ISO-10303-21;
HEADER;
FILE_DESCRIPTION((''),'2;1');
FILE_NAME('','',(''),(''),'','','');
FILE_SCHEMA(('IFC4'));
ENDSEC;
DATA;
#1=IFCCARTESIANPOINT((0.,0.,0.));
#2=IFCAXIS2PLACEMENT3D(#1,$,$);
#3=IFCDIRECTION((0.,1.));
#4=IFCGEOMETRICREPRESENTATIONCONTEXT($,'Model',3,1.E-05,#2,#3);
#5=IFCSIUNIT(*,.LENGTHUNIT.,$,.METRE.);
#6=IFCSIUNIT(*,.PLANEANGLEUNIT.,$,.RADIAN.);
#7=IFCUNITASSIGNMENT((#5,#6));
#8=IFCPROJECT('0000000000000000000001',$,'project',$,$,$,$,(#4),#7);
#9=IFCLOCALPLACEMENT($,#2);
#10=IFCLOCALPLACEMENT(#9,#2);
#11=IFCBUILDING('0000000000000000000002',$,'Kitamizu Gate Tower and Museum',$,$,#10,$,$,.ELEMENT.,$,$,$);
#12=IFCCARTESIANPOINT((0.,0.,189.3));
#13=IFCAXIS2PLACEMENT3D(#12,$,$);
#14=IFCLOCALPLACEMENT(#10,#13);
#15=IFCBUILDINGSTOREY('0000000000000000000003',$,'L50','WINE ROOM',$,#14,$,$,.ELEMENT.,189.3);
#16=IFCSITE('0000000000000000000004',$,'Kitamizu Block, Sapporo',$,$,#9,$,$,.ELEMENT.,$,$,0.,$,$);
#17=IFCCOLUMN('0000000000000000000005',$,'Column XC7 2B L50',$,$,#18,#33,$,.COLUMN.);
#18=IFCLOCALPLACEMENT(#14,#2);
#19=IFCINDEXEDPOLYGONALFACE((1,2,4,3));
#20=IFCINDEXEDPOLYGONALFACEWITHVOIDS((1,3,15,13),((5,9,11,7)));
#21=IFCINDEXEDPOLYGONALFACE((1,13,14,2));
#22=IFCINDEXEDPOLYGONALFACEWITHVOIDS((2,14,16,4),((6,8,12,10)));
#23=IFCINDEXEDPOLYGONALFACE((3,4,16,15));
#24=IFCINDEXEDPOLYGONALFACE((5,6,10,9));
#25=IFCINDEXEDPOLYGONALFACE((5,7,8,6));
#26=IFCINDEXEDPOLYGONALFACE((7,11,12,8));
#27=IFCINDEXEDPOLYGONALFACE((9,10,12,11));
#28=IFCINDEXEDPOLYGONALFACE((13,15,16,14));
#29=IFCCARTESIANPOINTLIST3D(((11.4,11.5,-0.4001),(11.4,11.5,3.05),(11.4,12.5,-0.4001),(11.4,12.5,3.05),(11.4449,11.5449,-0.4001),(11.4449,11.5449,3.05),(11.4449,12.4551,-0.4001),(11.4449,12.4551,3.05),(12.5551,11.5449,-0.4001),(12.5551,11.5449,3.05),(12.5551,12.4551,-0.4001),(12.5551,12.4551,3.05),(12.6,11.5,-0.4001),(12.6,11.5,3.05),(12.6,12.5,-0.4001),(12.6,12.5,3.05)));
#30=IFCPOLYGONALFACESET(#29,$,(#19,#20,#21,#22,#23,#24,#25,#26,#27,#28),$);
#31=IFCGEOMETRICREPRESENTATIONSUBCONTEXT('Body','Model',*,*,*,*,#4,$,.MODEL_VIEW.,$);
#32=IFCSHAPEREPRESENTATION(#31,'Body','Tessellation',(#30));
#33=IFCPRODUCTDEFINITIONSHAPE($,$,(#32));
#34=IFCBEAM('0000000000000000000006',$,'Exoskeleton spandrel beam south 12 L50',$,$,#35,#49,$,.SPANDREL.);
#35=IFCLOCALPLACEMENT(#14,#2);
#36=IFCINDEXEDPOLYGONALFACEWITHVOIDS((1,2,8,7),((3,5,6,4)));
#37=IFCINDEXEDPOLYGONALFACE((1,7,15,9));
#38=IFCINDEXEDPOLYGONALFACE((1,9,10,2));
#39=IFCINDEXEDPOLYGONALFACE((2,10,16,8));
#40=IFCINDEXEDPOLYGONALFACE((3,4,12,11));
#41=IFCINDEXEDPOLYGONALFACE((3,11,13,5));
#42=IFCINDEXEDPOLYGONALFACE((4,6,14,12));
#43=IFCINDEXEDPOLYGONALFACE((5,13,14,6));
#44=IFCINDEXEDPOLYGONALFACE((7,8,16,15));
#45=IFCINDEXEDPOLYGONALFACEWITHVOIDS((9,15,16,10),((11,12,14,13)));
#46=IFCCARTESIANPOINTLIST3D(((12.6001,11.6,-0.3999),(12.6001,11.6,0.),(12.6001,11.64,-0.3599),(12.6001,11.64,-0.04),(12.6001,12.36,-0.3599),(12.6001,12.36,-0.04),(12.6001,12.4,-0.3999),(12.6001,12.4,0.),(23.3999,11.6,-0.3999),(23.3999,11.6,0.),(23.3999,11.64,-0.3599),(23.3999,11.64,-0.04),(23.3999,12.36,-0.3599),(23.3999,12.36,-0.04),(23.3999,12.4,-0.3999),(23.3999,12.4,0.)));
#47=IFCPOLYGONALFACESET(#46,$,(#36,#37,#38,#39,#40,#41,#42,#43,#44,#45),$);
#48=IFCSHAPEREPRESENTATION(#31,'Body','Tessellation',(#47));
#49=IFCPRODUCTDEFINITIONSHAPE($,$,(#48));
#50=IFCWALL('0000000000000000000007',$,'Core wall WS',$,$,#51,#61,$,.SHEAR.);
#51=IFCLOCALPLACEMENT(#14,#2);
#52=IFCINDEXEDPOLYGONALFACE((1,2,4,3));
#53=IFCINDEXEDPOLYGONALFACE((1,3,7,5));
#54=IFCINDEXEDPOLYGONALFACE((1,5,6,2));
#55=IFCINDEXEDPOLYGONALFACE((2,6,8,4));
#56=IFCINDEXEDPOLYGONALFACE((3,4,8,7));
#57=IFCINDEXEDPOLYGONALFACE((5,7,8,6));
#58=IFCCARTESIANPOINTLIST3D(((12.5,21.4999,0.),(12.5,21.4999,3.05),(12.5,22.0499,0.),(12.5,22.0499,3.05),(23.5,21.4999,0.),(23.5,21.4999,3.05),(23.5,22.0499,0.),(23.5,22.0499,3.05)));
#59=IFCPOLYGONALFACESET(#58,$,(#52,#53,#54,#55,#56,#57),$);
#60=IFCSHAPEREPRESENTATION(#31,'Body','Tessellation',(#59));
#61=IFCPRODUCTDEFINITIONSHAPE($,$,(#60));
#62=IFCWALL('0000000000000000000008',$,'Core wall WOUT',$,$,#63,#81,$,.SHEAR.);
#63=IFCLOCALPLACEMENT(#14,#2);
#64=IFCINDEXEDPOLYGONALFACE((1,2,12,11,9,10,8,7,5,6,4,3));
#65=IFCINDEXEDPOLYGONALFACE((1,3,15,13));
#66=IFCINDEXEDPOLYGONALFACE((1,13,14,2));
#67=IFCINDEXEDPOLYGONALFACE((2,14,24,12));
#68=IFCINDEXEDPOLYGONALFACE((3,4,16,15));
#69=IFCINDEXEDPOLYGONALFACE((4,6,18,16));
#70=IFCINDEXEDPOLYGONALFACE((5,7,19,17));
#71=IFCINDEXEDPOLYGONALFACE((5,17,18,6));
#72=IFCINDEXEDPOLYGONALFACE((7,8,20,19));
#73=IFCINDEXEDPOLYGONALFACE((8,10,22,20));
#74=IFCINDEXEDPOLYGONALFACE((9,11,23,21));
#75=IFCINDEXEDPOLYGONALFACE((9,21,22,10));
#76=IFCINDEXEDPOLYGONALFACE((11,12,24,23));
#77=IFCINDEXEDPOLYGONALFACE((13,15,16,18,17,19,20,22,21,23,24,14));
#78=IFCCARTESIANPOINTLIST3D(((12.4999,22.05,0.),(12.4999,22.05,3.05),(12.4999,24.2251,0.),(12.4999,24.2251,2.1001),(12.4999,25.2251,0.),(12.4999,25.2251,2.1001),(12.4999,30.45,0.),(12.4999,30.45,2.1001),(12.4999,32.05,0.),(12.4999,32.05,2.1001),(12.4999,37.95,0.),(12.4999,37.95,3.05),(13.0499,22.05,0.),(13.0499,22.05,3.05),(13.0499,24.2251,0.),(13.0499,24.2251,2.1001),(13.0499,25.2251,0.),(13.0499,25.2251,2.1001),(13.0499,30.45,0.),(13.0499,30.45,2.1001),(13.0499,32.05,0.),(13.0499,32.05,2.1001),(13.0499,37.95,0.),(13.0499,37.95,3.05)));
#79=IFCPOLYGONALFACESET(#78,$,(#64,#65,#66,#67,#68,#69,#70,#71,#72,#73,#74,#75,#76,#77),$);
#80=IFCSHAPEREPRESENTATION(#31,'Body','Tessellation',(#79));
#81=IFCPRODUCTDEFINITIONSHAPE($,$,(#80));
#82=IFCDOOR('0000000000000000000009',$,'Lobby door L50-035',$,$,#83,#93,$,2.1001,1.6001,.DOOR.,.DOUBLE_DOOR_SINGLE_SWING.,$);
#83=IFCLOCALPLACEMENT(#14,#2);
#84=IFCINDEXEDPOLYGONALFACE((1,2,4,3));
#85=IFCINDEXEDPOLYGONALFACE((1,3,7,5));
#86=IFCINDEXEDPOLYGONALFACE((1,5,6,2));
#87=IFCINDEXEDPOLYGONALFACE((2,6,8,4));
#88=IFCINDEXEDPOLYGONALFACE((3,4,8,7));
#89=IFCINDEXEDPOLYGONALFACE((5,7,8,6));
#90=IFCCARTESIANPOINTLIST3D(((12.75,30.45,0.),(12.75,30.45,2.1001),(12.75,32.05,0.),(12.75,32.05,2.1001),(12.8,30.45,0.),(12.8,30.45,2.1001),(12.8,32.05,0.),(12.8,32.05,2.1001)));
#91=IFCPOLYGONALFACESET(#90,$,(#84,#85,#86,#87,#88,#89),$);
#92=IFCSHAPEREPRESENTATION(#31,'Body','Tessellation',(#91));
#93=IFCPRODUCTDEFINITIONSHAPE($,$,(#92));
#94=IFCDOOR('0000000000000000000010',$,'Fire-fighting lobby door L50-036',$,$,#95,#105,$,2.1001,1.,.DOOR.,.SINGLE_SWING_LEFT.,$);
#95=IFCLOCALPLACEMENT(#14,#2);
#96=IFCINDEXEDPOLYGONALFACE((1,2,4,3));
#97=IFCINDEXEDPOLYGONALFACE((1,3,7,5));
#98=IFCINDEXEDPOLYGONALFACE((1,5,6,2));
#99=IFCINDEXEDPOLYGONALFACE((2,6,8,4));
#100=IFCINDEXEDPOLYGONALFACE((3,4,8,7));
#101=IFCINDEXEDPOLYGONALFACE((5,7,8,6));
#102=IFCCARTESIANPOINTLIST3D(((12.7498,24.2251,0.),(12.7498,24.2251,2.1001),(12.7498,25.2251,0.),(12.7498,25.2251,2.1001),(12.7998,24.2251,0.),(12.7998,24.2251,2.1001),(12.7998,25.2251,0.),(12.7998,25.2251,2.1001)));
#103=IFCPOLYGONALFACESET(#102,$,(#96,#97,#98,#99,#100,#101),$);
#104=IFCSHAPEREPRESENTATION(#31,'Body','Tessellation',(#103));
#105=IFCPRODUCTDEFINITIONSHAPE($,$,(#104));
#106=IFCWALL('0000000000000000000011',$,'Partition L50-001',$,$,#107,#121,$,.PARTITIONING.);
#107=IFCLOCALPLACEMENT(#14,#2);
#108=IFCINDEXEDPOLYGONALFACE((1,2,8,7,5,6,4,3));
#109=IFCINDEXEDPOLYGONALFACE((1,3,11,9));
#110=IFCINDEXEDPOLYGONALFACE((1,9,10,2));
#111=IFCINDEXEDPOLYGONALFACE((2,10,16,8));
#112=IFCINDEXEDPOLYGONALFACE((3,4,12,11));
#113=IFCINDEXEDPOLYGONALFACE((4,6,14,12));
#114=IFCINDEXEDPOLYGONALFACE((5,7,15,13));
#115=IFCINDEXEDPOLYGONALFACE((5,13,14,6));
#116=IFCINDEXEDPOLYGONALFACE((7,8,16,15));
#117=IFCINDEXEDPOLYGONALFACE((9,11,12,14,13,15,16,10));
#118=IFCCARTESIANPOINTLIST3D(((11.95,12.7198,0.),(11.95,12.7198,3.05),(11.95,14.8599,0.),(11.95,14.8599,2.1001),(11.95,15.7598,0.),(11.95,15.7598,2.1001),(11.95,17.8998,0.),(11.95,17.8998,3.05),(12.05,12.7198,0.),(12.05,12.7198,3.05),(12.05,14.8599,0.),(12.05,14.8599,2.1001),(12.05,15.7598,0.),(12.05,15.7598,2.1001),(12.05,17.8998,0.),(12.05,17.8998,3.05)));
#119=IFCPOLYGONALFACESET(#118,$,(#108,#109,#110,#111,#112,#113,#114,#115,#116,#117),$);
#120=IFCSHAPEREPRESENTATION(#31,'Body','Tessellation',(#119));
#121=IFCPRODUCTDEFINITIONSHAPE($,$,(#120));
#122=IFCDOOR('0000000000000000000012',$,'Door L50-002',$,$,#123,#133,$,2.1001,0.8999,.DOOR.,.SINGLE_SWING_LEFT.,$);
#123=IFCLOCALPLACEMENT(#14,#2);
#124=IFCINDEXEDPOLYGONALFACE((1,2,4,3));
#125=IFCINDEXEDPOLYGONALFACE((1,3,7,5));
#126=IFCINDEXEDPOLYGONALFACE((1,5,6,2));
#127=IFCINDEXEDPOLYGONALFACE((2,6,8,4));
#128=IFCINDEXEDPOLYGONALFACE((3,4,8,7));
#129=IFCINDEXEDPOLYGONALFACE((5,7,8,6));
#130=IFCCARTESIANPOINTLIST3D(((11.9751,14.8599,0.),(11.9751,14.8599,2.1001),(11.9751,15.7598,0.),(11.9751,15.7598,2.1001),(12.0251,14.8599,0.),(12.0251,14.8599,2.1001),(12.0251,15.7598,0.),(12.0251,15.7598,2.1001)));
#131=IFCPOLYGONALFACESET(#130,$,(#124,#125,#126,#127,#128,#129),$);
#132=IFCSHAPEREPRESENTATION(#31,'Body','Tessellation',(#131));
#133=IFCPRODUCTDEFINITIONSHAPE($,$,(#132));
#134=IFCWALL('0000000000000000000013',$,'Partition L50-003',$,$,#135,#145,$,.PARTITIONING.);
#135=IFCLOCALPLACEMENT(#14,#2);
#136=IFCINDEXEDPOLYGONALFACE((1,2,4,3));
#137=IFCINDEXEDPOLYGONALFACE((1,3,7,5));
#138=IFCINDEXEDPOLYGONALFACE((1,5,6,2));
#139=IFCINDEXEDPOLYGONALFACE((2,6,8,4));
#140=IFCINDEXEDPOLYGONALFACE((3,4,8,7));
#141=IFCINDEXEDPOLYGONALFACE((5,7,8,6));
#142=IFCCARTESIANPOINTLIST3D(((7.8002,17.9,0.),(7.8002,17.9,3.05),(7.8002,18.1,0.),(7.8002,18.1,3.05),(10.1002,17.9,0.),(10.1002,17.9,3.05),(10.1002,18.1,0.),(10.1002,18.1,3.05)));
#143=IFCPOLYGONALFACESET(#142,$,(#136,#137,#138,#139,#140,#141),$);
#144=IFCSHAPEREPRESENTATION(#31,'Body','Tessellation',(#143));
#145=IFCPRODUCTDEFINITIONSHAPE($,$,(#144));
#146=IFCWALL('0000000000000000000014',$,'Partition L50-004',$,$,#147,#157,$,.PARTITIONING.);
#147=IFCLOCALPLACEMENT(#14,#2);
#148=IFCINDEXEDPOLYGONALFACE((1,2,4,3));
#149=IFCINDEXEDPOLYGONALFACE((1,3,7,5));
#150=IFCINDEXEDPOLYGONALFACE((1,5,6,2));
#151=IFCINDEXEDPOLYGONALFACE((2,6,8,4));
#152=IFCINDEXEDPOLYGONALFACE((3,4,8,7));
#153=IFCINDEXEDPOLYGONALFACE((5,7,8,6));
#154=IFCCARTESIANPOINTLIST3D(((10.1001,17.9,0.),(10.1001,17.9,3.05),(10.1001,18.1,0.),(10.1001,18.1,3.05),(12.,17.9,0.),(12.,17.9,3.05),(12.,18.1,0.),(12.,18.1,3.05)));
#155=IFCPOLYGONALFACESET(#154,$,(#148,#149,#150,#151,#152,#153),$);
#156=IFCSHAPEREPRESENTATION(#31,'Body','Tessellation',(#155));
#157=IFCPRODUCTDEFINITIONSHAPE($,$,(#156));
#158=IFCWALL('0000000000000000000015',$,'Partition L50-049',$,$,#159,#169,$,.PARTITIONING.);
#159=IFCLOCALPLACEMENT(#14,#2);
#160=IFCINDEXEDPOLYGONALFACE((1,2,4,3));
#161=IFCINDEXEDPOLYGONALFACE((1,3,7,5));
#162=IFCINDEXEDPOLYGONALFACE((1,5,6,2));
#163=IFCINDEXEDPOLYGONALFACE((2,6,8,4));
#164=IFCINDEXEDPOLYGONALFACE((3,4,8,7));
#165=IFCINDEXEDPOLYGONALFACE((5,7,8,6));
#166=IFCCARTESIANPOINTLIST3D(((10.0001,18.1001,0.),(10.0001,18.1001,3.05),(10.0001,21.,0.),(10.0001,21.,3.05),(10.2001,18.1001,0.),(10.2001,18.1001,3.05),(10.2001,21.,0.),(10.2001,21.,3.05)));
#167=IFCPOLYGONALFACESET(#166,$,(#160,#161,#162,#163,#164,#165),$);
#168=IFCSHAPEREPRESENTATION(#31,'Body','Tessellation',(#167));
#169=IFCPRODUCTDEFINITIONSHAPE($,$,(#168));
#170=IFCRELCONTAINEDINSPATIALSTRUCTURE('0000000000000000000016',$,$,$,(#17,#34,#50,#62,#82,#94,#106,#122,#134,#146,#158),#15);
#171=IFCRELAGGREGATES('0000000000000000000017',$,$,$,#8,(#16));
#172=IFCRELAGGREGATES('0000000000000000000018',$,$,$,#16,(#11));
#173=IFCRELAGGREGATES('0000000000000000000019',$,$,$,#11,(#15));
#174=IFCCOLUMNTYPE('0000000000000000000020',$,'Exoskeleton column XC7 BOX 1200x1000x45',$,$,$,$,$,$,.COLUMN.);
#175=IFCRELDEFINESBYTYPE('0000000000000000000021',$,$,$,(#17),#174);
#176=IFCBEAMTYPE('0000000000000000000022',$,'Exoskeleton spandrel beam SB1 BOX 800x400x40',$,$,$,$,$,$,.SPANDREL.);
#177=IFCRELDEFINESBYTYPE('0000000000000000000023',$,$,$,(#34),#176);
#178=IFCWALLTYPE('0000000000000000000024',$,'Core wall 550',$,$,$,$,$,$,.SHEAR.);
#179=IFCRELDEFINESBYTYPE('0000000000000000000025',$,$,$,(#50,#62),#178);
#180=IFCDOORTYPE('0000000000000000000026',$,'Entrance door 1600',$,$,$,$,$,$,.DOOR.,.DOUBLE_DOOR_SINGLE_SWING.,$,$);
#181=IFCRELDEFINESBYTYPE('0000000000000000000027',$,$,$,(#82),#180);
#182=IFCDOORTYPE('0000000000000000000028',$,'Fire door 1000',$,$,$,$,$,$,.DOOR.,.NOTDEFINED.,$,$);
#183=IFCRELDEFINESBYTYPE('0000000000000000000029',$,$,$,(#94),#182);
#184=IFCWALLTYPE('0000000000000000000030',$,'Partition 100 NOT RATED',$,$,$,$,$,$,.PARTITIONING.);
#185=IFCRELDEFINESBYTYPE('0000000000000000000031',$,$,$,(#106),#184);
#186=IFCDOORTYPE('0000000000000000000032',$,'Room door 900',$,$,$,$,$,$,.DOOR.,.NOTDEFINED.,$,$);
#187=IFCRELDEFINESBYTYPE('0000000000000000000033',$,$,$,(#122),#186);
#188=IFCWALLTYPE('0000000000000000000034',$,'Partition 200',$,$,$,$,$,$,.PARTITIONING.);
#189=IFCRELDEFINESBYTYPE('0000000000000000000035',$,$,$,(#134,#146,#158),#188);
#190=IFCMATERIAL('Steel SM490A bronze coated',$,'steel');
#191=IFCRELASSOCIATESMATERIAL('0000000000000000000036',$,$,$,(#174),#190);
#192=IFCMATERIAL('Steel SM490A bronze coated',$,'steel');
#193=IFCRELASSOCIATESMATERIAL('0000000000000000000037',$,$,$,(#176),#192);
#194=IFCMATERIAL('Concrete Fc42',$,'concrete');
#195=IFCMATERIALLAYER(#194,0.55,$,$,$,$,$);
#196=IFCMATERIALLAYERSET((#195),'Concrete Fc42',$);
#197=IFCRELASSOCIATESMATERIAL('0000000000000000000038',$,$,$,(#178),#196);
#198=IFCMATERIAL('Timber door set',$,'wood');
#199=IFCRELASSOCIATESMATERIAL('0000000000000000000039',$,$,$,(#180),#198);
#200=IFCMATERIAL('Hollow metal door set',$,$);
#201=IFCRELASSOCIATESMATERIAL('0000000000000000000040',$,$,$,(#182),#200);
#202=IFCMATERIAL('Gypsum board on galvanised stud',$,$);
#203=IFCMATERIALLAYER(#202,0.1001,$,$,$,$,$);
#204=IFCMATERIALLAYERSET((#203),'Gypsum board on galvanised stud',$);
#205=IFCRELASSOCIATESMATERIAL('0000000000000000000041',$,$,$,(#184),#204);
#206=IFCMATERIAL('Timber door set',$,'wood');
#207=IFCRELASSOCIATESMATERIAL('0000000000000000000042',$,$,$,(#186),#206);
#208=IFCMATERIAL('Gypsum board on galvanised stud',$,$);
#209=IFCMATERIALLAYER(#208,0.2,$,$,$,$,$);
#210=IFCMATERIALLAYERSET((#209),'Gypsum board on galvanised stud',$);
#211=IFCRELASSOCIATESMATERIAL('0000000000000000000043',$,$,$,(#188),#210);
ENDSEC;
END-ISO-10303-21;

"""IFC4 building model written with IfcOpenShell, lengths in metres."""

from ifc_helpers import new_model, si_unit, direction, frame, frame_2d, origin, origin_2d, place, context, subcontext, project, spatial, rectangle, hollow_rectangle, extrude, material, layer, layer_set, material_profile, profile_set, type_object, element, fill, save


model = new_model("IFC4")

# Units and contexts
model_context = context("Model", 3, precision=1e-05, world=origin(), true_north=direction((0.0, 1.0)))
body_context = subcontext(model_context, "Body", "Model", "MODEL_VIEW")
ifc_project = project(units=[si_unit("LENGTHUNIT", "METRE"), si_unit("PLANEANGLEUNIT", "RADIAN")], contexts=[model_context])

# Site, building, storey
site_placement = place(None, origin())
site = spatial("IfcSite", under=ifc_project, at=site_placement, Name="Kitamizu Block, Sapporo", CompositionType="ELEMENT", RefElevation=0.0)
building_placement = place(site_placement, origin())
building = spatial("IfcBuilding", under=site, at=building_placement, Name="Kitamizu Gate Tower and Museum", CompositionType="ELEMENT")
storey_placement = place(building_placement, frame((0.0, 0.0, 189.3)))
storey = spatial("IfcBuildingStorey", under=building, at=storey_placement, Name="L50", Description="WINE ROOM", CompositionType="ELEMENT", Elevation=189.3)

# Column
ifc_material_1 = material(Name="Steel SM490A bronze coated", Category="steel")
ifc_material_profile_1 = material_profile(ifc_material_1, hollow_rectangle(XDim=1.2, YDim=1.0, WallThickness=0.0449, at=origin_2d()), Name="BOX 1200x1000x45")
ifc_profile_set_1 = profile_set([ifc_material_profile_1], Name="Steel SM490A bronze coated")
column_type = type_object("IfcColumnType", Name="Exoskeleton column XC7 BOX 1200x1000x45", PredefinedType="COLUMN", material=ifc_profile_set_1)
column_placement = place(storey_placement, frame((12.0, 12.0, -0.4001), z_axis=(0.0, 0.0, 1.0), x_axis=(1.0, 0.0, 0.0)))
element("IfcColumn", 1, at=column_placement, inside=storey, type_object=column_type, Name="Column XC7 2B L50", PredefinedType="COLUMN", context=body_context, shape_type="SweptSolid", body=[
    extrude(hollow_rectangle(XDim=1.2, YDim=1.0, WallThickness=0.0449, at=origin_2d()), origin(), (0.0, 0.0, 1.0), 3.4502),
])

# Beam
ifc_material_2 = material(Name="Steel SM490A bronze coated", Category="steel")
ifc_material_profile_2 = material_profile(ifc_material_2, hollow_rectangle(XDim=0.8, YDim=0.3999, WallThickness=0.04, at=origin_2d()), Name="BOX 800x400x40")
ifc_profile_set_2 = profile_set([ifc_material_profile_2], Name="Steel SM490A bronze coated")
beam_type = type_object("IfcBeamType", Name="Exoskeleton spandrel beam SB1 BOX 800x400x40", PredefinedType="SPANDREL", material=ifc_profile_set_2)
beam_placement = place(storey_placement, frame((12.6001, 12.0, -0.2), z_axis=(1.0, 0.0, 0.0), x_axis=(0.0, 1.0, 0.0)))
element("IfcBeam", 2, at=beam_placement, inside=storey, type_object=beam_type, Name="Exoskeleton spandrel beam south 12 L50", PredefinedType="SPANDREL", context=body_context, shape_type="SweptSolid", body=[
    extrude(hollow_rectangle(XDim=0.8, YDim=0.3999, WallThickness=0.04, at=origin_2d()), origin(), (0.0, 0.0, 1.0), 10.7998),
])

# Wall
ifc_material_3 = material(Name="Concrete Fc42", Category="concrete")
ifc_layer_1 = layer(ifc_material_3, 0.55)
ifc_layer_set_1 = layer_set([ifc_layer_1], Name="Concrete Fc42")
wall_type_1 = type_object("IfcWallType", Name="Core wall 550", PredefinedType="SHEAR", material=ifc_layer_set_1)
wall_1_placement = place(storey_placement, frame((12.5, 21.7749, 0.0), z_axis=(0.0, 0.0, 1.0), x_axis=(1.0, 0.0, 0.0)))
element("IfcWall", 3, at=wall_1_placement, inside=storey, type_object=wall_type_1, Name="Core wall WS", PredefinedType="SHEAR", context=body_context, shape_type="SweptSolid", body=[
    extrude(rectangle(XDim=11.0, YDim=0.55, at=frame_2d((5.5, 0.0))), origin(), (0.0, 0.0, 1.0), 3.05),
])

# Wall, openings, doors
wall_2_placement = place(storey_placement, frame((12.7749, 22.05, 0.0), z_axis=(0.0, 0.0, 1.0), x_axis=(0.0, 1.0, 0.0)))
wall_2 = element("IfcWall", 4, at=wall_2_placement, inside=storey, type_object=wall_type_1, Name="Core wall WOUT", PredefinedType="SHEAR", context=body_context, shape_type="SweptSolid", body=[
    extrude(rectangle(XDim=15.8999, YDim=0.55, at=frame_2d((7.95, 0.0))), origin(), (0.0, 0.0, 1.0), 3.05),
])
opening_1_placement = place(wall_2_placement, frame((8.3999, 0.0, 0.0)))
opening_1 = element("IfcOpeningElement", 5, at=opening_1_placement, cuts=wall_2, PredefinedType="OPENING", context=body_context, shape_type="SweptSolid", body=[
    extrude(rectangle(XDim=1.6001, YDim=2.1001, at=frame_2d((0.8, 1.05))), frame((0.0, 0.2852, 0.0), z_axis=(0.0, -1.0, 0.0), x_axis=(1.0, 0.0, 0.0)), (0.0, 0.0, 1.0), 0.5701),
])
opening_2_placement = place(wall_2_placement, frame((2.175, 0.0, 0.0)))
opening_2 = element("IfcOpeningElement", 6, at=opening_2_placement, cuts=wall_2, PredefinedType="OPENING", context=body_context, shape_type="SweptSolid", body=[
    extrude(rectangle(XDim=1.0, YDim=2.1001, at=frame_2d((0.5, 1.05))), frame((0.0, 0.2852, 0.0), z_axis=(0.0, -1.0, 0.0), x_axis=(1.0, 0.0, 0.0)), (0.0, 0.0, 1.0), 0.5701),
])
ifc_material_4 = material(Name="Timber door set", Category="wood")
door_type_1 = type_object("IfcDoorType", Name="Entrance door 1600", OperationType="DOUBLE_DOOR_SINGLE_SWING", PredefinedType="DOOR", material=ifc_material_4)
door_1_placement = place(opening_1_placement, origin())
door_1 = element("IfcDoor", 7, at=door_1_placement, inside=storey, type_object=door_type_1, Name="Lobby door L50-035", OperationType="DOUBLE_DOOR_SINGLE_SWING", OverallHeight=2.1001, OverallWidth=1.6001, PredefinedType="DOOR", context=body_context, shape_type="SweptSolid", body=[
    extrude(rectangle(XDim=1.6001, YDim=2.1001, at=frame_2d((0.8, 1.05))), frame((0.0, 0.0249, 0.0), z_axis=(0.0, -1.0, 0.0), x_axis=(1.0, 0.0, 0.0)), (0.0, 0.0, 1.0), 0.05),
])
fill(opening_1, door_1)
ifc_material_5 = material(Name="Hollow metal door set")
door_type_2 = type_object("IfcDoorType", Name="Fire door 1000", OperationType="NOTDEFINED", PredefinedType="DOOR", material=ifc_material_5)
door_2_placement = place(opening_2_placement, frame((1.0, 0.0, 0.0), x_axis=(-1.0, 0.0, 0.0)))
door_2 = element("IfcDoor", 8, at=door_2_placement, inside=storey, type_object=door_type_2, Name="Fire-fighting lobby door L50-036", OperationType="SINGLE_SWING_LEFT", OverallHeight=2.1001, OverallWidth=1.0, PredefinedType="DOOR", context=body_context, shape_type="SweptSolid", body=[
    extrude(rectangle(XDim=1.0, YDim=2.1001, at=frame_2d((0.5, 1.05))), frame((0.0, 0.0249, 0.0), z_axis=(0.0, -1.0, 0.0), x_axis=(1.0, 0.0, 0.0)), (0.0, 0.0, 1.0), 0.05),
])
fill(opening_2, door_2)

# Wall, opening, door
ifc_material_6 = material(Name="Gypsum board on galvanised stud")
ifc_layer_2 = layer(ifc_material_6, 0.1001)
ifc_layer_set_2 = layer_set([ifc_layer_2], Name="Gypsum board on galvanised stud")
wall_type_2 = type_object("IfcWallType", Name="Partition 100 NOT RATED", PredefinedType="PARTITIONING", material=ifc_layer_set_2)
wall_3_placement = place(storey_placement, frame((12.0, 12.72, 0.0), z_axis=(0.0, 0.0, 1.0), x_axis=(0.0, 1.0, 0.0)))
wall_3 = element("IfcWall", 9, at=wall_3_placement, inside=storey, type_object=wall_type_2, Name="Partition L50-001", PredefinedType="PARTITIONING", context=body_context, shape_type="SweptSolid", body=[
    extrude(rectangle(XDim=5.1799, YDim=0.1001, at=frame_2d((2.5898, 0.0))), origin(), (0.0, 0.0, 1.0), 3.05),
])
opening_3_placement = place(wall_3_placement, frame((2.1399, 0.0, 0.0)))
opening_3 = element("IfcOpeningElement", 10, at=opening_3_placement, cuts=wall_3, PredefinedType="OPENING", context=body_context, shape_type="SweptSolid", body=[
    extrude(rectangle(XDim=0.8999, YDim=2.1001, at=frame_2d((0.45, 1.05))), frame((0.0, 0.0601, 0.0), z_axis=(0.0, -1.0, 0.0), x_axis=(1.0, 0.0, 0.0)), (0.0, 0.0, 1.0), 0.1201),
])
ifc_material_7 = material(Name="Timber door set", Category="wood")
door_type_3 = type_object("IfcDoorType", Name="Room door 900", OperationType="NOTDEFINED", PredefinedType="DOOR", material=ifc_material_7)
door_3_placement = place(opening_3_placement, origin())
door_3 = element("IfcDoor", 11, at=door_3_placement, inside=storey, type_object=door_type_3, Name="Door L50-002", OperationType="SINGLE_SWING_LEFT", OverallHeight=2.1001, OverallWidth=0.8999, PredefinedType="DOOR", context=body_context, shape_type="SweptSolid", body=[
    extrude(rectangle(XDim=0.8999, YDim=2.1001, at=frame_2d((0.45, 1.05))), frame((0.0, 0.0249, 0.0), z_axis=(0.0, -1.0, 0.0), x_axis=(1.0, 0.0, 0.0)), (0.0, 0.0, 1.0), 0.05),
])
fill(opening_3, door_3)

# Walls
ifc_material_8 = material(Name="Gypsum board on galvanised stud")
ifc_layer_3 = layer(ifc_material_8, 0.2)
ifc_layer_set_3 = layer_set([ifc_layer_3], Name="Gypsum board on galvanised stud")
wall_type_3 = type_object("IfcWallType", Name="Partition 200", PredefinedType="PARTITIONING", material=ifc_layer_set_3)
wall_4_placement = place(storey_placement, frame((10.1001, 18.0, 0.0), z_axis=(0.0, 0.0, 1.0), x_axis=(-1.0, 0.0, 0.0)))
element("IfcWall", 12, at=wall_4_placement, inside=storey, type_object=wall_type_3, Name="Partition L50-003", PredefinedType="PARTITIONING", context=body_context, shape_type="SweptSolid", body=[
    extrude(rectangle(XDim=2.3, YDim=0.2, at=frame_2d((1.1499, 0.0))), origin(), (0.0, 0.0, 1.0), 3.05),
])
wall_5_placement = place(storey_placement, frame((12.0, 18.0, 0.0), z_axis=(0.0, 0.0, 1.0), x_axis=(-1.0, 0.0, 0.0)))
element("IfcWall", 13, at=wall_5_placement, inside=storey, type_object=wall_type_3, Name="Partition L50-004", PredefinedType="PARTITIONING", context=body_context, shape_type="SweptSolid", body=[
    extrude(rectangle(XDim=1.8999, YDim=0.2, at=frame_2d((0.95, 0.0))), origin(), (0.0, 0.0, 1.0), 3.05),
])
wall_6_placement = place(storey_placement, frame((10.1001, 18.1001, 0.0), z_axis=(0.0, 0.0, 1.0), x_axis=(0.0, 1.0, 0.0)))
element("IfcWall", 14, at=wall_6_placement, inside=storey, type_object=wall_type_3, Name="Partition L50-049", PredefinedType="PARTITIONING", context=body_context, shape_type="SweptSolid", body=[
    extrude(rectangle(XDim=2.8999, YDim=0.2, at=frame_2d((1.45, 0.0))), origin(), (0.0, 0.0, 1.0), 3.05),
])

save(model, "model.ifc")
